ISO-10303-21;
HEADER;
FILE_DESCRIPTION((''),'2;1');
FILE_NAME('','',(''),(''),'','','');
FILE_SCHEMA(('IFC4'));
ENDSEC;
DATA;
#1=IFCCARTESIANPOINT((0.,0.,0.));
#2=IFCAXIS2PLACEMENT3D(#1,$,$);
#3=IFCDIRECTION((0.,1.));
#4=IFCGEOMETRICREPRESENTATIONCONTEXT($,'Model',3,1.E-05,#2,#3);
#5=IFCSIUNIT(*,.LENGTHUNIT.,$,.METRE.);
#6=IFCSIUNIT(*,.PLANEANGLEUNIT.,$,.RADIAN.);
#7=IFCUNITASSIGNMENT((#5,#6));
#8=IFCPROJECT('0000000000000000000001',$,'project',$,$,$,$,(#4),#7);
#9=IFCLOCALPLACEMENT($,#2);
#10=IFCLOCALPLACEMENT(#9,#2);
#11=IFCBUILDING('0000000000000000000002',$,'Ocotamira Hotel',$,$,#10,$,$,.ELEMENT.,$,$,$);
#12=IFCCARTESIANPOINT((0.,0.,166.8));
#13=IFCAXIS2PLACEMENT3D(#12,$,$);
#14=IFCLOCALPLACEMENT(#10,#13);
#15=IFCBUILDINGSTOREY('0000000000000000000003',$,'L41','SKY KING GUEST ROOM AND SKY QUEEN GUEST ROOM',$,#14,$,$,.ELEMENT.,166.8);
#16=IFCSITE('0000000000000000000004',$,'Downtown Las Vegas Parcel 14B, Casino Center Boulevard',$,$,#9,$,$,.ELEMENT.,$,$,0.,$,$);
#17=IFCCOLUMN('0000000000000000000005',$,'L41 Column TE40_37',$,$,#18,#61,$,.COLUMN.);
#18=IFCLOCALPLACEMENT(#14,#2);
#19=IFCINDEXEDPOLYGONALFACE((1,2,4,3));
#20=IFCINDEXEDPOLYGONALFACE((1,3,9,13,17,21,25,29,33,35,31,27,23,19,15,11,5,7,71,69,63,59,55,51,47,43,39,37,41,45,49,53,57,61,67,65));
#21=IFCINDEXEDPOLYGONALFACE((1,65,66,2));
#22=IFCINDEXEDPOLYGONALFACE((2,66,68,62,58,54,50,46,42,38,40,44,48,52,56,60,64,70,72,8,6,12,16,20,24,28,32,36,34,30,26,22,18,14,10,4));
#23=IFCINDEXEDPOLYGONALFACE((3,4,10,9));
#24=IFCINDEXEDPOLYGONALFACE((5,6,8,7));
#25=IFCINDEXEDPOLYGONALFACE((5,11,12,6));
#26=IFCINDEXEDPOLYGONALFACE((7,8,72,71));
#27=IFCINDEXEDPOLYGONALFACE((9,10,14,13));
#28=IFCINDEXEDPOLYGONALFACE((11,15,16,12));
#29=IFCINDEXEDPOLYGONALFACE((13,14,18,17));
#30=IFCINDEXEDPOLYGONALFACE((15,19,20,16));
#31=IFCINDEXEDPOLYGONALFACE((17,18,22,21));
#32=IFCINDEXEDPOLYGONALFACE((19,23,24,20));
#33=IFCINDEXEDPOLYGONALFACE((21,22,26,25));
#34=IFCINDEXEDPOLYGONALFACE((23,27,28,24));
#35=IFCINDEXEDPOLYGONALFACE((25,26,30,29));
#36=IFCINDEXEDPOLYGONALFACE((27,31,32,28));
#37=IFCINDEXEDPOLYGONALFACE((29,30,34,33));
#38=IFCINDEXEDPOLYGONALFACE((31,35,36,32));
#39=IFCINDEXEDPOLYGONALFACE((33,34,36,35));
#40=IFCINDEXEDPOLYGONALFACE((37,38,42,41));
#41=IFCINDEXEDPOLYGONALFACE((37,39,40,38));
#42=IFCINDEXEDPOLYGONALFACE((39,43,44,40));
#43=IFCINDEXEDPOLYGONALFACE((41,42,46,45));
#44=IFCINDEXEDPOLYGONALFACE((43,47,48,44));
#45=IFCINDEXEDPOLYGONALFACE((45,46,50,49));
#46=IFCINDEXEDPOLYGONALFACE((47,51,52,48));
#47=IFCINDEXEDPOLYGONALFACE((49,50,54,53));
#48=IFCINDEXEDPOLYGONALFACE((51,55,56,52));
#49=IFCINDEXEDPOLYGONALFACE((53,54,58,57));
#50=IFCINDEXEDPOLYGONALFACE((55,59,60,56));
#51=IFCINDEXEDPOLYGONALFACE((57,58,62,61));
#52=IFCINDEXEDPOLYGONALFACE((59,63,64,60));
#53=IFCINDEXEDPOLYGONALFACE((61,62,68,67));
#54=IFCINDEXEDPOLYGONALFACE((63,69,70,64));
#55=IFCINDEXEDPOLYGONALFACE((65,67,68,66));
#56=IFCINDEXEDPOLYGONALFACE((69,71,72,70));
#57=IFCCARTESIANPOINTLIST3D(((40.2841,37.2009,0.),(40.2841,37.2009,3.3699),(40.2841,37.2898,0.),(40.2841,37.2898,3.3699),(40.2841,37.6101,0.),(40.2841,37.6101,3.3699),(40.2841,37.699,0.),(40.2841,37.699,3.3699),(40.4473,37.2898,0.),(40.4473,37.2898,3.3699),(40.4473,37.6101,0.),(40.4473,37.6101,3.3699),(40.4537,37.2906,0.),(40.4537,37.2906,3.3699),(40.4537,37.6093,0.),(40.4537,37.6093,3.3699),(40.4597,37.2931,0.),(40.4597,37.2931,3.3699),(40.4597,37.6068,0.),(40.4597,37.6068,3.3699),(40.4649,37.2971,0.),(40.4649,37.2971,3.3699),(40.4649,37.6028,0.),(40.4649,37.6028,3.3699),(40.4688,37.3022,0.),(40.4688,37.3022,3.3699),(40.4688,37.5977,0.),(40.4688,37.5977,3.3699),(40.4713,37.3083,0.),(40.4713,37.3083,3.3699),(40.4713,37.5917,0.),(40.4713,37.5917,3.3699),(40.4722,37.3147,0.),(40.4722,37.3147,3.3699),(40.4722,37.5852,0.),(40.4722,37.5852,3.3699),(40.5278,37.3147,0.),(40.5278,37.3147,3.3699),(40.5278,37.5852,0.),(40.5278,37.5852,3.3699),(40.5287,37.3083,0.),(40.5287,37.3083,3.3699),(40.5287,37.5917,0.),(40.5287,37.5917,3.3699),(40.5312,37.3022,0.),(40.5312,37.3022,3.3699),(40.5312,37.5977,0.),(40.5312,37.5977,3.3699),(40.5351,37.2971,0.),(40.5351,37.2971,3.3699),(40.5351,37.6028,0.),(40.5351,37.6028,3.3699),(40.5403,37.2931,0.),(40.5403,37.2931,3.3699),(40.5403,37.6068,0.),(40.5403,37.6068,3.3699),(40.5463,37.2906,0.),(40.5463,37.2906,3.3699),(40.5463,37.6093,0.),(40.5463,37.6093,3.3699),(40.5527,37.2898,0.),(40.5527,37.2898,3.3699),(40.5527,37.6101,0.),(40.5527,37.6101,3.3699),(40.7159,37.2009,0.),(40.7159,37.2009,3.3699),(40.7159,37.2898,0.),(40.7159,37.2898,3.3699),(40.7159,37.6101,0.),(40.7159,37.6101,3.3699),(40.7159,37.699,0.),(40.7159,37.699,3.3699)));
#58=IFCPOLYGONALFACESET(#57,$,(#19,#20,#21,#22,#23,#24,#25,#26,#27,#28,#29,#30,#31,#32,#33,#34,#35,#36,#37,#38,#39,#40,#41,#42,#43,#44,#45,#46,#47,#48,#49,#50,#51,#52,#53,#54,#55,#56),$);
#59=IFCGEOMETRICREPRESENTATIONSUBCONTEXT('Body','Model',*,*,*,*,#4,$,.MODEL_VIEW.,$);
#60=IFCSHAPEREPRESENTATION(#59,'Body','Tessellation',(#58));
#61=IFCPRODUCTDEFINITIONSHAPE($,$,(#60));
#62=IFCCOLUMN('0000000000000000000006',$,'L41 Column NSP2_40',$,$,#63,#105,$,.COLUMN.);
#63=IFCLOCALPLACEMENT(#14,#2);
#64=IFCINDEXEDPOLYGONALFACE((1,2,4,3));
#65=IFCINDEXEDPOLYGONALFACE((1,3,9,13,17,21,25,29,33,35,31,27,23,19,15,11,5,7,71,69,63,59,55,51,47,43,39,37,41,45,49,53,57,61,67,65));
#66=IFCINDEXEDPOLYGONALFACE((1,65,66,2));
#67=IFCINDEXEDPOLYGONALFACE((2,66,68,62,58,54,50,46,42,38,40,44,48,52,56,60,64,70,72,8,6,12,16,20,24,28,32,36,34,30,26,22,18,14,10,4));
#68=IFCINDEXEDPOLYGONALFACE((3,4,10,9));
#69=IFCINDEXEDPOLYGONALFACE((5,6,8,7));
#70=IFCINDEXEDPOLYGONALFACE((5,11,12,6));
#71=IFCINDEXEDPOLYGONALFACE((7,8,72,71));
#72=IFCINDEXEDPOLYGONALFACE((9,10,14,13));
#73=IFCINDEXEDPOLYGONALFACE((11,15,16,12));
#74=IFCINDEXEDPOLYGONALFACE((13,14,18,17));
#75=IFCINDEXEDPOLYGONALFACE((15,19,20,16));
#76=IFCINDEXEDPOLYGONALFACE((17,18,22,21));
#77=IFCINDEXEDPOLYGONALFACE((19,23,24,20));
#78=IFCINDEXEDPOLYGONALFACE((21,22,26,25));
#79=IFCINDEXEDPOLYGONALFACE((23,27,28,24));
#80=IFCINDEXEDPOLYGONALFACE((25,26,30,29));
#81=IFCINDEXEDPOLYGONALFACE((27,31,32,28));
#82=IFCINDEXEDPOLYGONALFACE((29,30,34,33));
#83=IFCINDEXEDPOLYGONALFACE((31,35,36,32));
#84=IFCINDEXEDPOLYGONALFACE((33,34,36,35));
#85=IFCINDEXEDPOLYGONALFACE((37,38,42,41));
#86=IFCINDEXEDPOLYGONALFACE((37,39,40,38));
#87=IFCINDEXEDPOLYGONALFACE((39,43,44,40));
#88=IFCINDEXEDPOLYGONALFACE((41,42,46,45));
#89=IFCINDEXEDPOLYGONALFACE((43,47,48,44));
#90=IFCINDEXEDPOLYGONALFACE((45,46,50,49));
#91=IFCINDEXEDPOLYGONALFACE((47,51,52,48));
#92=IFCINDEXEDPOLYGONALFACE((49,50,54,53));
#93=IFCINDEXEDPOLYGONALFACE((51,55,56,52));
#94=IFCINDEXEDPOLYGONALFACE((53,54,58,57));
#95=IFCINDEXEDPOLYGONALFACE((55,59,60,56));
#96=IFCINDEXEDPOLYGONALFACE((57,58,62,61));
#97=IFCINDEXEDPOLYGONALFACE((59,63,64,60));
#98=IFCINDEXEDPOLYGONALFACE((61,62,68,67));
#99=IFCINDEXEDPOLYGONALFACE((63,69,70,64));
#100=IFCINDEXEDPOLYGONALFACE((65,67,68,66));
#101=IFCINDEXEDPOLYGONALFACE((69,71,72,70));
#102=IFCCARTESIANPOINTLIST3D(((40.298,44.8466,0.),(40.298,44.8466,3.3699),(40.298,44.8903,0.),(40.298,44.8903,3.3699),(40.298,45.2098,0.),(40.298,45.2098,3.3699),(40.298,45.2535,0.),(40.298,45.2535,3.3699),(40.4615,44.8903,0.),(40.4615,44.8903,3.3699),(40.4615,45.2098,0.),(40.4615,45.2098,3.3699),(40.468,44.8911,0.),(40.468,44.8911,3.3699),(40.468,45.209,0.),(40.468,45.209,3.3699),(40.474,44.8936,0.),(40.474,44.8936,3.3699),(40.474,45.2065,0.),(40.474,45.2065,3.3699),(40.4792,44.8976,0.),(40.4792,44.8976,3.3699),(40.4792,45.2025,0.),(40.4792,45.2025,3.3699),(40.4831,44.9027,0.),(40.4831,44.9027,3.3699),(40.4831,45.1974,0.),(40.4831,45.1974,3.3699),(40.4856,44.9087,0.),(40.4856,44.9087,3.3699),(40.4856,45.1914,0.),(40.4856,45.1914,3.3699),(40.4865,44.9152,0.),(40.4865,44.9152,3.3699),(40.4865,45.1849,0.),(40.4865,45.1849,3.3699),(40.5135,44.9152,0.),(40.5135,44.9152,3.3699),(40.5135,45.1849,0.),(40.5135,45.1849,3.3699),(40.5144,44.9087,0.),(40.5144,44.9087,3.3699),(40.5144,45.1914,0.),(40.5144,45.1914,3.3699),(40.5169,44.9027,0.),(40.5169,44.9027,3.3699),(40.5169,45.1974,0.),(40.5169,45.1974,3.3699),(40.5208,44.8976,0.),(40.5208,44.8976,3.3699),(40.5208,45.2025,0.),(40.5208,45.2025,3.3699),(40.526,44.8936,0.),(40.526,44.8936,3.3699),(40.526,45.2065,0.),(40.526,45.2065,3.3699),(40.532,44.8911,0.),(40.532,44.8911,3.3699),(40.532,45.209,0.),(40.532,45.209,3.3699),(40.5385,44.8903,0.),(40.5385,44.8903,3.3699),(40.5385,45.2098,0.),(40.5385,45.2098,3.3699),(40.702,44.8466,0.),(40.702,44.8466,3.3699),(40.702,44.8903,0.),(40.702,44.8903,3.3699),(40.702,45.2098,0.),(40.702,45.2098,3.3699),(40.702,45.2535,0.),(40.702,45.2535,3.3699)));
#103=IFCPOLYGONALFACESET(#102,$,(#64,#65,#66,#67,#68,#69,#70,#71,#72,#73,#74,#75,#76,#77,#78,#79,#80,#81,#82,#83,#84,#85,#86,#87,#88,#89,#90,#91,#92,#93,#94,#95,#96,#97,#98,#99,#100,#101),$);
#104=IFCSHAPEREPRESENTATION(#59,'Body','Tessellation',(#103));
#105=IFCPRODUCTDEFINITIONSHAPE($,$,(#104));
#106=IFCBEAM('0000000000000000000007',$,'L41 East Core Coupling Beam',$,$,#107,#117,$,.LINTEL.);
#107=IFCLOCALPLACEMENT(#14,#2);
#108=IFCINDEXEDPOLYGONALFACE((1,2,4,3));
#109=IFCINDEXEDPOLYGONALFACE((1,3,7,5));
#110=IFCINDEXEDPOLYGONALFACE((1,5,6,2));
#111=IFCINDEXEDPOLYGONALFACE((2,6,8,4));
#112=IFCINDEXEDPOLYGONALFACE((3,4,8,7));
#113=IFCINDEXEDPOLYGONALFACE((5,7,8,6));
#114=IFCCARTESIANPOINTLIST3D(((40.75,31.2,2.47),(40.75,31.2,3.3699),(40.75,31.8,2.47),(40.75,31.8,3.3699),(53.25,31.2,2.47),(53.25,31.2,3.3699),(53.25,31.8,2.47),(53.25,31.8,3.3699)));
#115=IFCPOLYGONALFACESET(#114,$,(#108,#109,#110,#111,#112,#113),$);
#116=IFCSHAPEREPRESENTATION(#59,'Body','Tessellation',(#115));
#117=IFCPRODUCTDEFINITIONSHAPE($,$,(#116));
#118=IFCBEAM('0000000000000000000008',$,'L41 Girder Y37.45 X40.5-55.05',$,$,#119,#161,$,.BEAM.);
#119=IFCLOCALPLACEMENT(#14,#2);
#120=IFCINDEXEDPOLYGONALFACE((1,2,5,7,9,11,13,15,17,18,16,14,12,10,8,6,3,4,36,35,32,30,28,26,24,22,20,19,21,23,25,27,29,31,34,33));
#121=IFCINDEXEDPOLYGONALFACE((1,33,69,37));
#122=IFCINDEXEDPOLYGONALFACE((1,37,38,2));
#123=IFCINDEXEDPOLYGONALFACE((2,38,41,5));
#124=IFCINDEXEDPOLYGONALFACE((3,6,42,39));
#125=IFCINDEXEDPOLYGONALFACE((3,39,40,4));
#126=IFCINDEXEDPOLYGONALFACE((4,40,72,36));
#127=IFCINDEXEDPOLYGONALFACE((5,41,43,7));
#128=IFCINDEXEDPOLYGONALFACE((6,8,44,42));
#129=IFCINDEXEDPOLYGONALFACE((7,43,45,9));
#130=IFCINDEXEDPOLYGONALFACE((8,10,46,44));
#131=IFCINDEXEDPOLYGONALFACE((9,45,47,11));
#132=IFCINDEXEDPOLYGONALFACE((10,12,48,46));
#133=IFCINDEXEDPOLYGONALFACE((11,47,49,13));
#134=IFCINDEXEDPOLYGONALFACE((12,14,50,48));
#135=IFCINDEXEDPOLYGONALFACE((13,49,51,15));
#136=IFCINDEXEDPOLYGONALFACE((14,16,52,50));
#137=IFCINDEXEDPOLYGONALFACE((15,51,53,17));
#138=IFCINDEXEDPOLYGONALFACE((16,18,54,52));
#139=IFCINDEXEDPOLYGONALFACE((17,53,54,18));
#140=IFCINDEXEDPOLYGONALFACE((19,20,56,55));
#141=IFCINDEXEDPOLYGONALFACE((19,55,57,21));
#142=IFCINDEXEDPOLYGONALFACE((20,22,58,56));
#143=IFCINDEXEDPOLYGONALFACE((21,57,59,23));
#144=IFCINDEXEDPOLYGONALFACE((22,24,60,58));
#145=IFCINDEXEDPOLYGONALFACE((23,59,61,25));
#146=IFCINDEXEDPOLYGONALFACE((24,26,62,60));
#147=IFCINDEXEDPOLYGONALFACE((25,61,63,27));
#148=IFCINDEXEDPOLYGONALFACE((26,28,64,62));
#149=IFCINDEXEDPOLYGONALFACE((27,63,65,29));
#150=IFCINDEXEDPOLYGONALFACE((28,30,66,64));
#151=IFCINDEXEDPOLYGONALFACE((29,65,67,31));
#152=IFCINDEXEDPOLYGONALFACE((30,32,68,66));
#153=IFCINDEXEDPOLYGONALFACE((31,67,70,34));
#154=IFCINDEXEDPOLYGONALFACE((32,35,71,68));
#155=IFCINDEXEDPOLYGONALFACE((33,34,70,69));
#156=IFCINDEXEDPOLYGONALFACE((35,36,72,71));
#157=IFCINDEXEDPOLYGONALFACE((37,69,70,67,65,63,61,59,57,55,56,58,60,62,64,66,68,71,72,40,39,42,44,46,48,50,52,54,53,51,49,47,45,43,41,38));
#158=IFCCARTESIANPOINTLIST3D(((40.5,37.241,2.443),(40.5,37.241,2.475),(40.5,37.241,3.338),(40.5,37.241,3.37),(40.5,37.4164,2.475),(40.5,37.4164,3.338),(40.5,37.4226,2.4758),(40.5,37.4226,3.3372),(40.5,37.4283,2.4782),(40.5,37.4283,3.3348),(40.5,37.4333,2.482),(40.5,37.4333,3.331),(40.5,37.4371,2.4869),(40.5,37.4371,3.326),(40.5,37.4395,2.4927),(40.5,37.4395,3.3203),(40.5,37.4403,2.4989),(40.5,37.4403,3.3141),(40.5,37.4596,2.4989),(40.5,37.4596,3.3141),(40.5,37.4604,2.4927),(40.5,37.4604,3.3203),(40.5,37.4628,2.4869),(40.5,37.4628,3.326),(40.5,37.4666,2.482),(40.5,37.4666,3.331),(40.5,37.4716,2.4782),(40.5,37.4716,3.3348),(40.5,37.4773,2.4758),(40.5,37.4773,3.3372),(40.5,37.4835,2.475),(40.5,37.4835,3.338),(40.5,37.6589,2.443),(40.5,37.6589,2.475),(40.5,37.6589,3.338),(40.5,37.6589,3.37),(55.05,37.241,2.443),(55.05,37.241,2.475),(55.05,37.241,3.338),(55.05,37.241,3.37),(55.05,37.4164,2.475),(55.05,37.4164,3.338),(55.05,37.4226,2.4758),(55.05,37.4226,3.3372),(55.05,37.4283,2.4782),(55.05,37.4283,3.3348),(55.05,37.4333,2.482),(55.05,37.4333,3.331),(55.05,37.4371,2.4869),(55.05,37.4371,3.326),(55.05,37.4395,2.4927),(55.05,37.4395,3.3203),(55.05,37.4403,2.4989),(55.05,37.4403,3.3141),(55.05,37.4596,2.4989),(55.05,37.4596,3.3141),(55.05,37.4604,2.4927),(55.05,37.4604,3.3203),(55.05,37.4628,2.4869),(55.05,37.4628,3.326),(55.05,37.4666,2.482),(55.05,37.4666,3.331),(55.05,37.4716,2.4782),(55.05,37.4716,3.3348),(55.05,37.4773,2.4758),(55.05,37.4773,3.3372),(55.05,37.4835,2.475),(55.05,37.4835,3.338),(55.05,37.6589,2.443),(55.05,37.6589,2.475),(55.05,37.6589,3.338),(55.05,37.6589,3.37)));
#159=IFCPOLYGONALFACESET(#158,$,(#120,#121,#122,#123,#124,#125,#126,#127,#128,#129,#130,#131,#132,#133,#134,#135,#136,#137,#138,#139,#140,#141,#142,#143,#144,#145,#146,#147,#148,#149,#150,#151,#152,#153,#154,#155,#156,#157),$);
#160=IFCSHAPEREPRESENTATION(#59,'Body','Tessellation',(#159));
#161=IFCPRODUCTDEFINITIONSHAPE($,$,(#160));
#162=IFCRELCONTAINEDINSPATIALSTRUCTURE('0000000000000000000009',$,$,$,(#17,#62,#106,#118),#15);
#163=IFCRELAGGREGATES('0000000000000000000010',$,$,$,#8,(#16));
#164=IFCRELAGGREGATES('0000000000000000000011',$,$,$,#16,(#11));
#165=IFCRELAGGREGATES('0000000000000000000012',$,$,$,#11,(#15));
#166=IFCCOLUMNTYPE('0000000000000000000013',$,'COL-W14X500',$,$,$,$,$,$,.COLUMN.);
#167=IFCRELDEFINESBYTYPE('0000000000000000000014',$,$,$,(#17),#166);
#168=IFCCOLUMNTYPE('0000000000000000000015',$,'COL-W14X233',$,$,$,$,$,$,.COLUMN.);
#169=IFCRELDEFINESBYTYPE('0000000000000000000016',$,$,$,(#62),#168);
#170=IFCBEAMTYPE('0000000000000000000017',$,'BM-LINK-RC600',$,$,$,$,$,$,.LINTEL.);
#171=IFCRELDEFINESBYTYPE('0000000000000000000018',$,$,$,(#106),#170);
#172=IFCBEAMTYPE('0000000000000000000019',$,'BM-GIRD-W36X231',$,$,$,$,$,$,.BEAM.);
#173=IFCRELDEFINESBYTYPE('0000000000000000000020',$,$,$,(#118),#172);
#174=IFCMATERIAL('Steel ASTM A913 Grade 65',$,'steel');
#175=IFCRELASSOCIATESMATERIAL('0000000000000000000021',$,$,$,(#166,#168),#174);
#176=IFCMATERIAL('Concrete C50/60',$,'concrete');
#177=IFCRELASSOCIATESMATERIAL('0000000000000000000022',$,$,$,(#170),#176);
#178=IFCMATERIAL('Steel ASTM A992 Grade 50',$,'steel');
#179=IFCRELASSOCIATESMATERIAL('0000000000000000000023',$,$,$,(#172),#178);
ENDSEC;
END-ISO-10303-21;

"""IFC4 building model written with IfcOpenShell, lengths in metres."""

from ifc_helpers import new_model, si_unit, direction, frame, origin, origin_2d, place, context, subcontext, project, spatial, rectangle, i_section, extrude, source, transform, mapped, material, material_profile, profile_set, type_object, element, save


model = new_model("IFC4")

# Units and contexts
model_context = context("Model", 3, precision=1e-05, world=origin(), true_north=direction((0.0, 1.0)))
body_context = subcontext(model_context, "Body", "Model", "MODEL_VIEW")
ifc_project = project(units=[si_unit("LENGTHUNIT", "METRE"), si_unit("PLANEANGLEUNIT", "RADIAN")], contexts=[model_context])

# Site, building, storey
site_placement = place(None, origin())
site = spatial("IfcSite", under=ifc_project, at=site_placement, Name="Downtown Las Vegas Parcel 14B, Casino Center Boulevard", CompositionType="ELEMENT", RefElevation=0.0)
building_placement = place(site_placement, origin())
building = spatial("IfcBuilding", under=site, at=building_placement, Name="Ocotamira Hotel", CompositionType="ELEMENT")
storey_placement = place(building_placement, frame((0.0, 0.0, 166.8)))
storey = spatial("IfcBuildingStorey", under=building, at=storey_placement, Name="L41", Description="SKY KING GUEST ROOM AND SKY QUEEN GUEST ROOM", CompositionType="ELEMENT", Elevation=166.8)

# Columns
ifc_material_1 = material(Name="Steel ASTM A913 Grade 65", Category="steel")
ifc_material_profile_1 = material_profile(ifc_material_1, i_section(OverallWidth=0.4319, OverallDepth=0.498, WebThickness=0.0557, FlangeThickness=0.0889, FilletRadius=0.0249, at=origin_2d()), Name="W14X500")
ifc_profile_set_1 = profile_set([ifc_material_profile_1], Name="Steel ASTM A913 Grade 65")
column_type_1 = type_object("IfcColumnType", Name="COL-W14X500", PredefinedType="COLUMN", material=ifc_profile_set_1)
shared_shape_1 = source(origin(), body_context, "Body", "SweptSolid", [
    extrude(i_section(OverallWidth=0.4319, OverallDepth=0.498, WebThickness=0.0557, FlangeThickness=0.0889, FilletRadius=0.0249, at=origin_2d()), origin(), (0.0, 0.0, 1.0), 3.3699),
])
column_1_placement = place(storey_placement, frame((40.5, 37.45, 0.0), z_axis=(0.0, 0.0, 1.0), x_axis=(1.0, 0.0, 0.0)))
element("IfcColumn", 1, at=column_1_placement, inside=storey, type_object=column_type_1, Name="L41 Column TE40_37", PredefinedType="COLUMN", context=body_context, shape_type="MappedRepresentation", body=[
    mapped(shared_shape_1, transform((0.0, 0.0, 0.0), scale=1.0)),
])
ifc_material_profile_2 = material_profile(ifc_material_1, i_section(OverallWidth=0.4041, OverallDepth=0.407, WebThickness=0.0271, FlangeThickness=0.0437, FilletRadius=0.0249, at=origin_2d()), Name="W14X233")
ifc_profile_set_2 = profile_set([ifc_material_profile_2], Name="Steel ASTM A913 Grade 65")
column_type_2 = type_object("IfcColumnType", Name="COL-W14X233", PredefinedType="COLUMN", material=ifc_profile_set_2)
shared_shape_2 = source(origin(), body_context, "Body", "SweptSolid", [
    extrude(i_section(OverallWidth=0.4041, OverallDepth=0.407, WebThickness=0.0271, FlangeThickness=0.0437, FilletRadius=0.0249, at=origin_2d()), origin(), (0.0, 0.0, 1.0), 3.3699),
])
column_2_placement = place(storey_placement, frame((40.5, 45.05, 0.0), z_axis=(0.0, 0.0, 1.0), x_axis=(1.0, 0.0, 0.0)))
element("IfcColumn", 2, at=column_2_placement, inside=storey, type_object=column_type_2, Name="L41 Column NSP2_40", PredefinedType="COLUMN", context=body_context, shape_type="MappedRepresentation", body=[
    mapped(shared_shape_2, transform((0.0, 0.0, 0.0), scale=1.0)),
])

# Beams
ifc_material_2 = material(Name="Concrete C50/60", Category="concrete")
ifc_material_profile_3 = material_profile(ifc_material_2, rectangle(XDim=0.6001, YDim=0.8999, at=origin_2d()), Name="RC600X900")
ifc_profile_set_3 = profile_set([ifc_material_profile_3], Name="Concrete C50/60")
beam_type_1 = type_object("IfcBeamType", Name="BM-LINK-RC600", PredefinedType="LINTEL", material=ifc_profile_set_3)
shared_shape_3 = source(origin(), body_context, "Body", "SweptSolid", [
    extrude(rectangle(XDim=0.6001, YDim=0.8999, at=origin_2d()), origin(), (0.0, 0.0, 1.0), 12.5),
])
beam_1_placement = place(storey_placement, frame((40.75, 31.5, 2.9199), z_axis=(1.0, 0.0, 0.0), x_axis=(0.0, 1.0, 0.0)))
element("IfcBeam", 3, at=beam_1_placement, inside=storey, type_object=beam_type_1, Name="L41 East Core Coupling Beam", PredefinedType="LINTEL", context=body_context, shape_type="MappedRepresentation", body=[
    mapped(shared_shape_3, transform((0.0, 0.0, 0.0), scale=1.0)),
])
ifc_material_3 = material(Name="Steel ASTM A992 Grade 50", Category="steel")
ifc_material_profile_4 = material_profile(ifc_material_3, i_section(OverallWidth=0.418, OverallDepth=0.927, WebThickness=0.0193, FlangeThickness=0.032, FilletRadius=0.0239, at=origin_2d()), Name="W36X231")
ifc_profile_set_4 = profile_set([ifc_material_profile_4], Name="Steel ASTM A992 Grade 50")
beam_type_2 = type_object("IfcBeamType", Name="BM-GIRD-W36X231", PredefinedType="BEAM", material=ifc_profile_set_4)
shared_shape_4 = source(origin(), body_context, "Body", "SweptSolid", [
    extrude(i_section(OverallWidth=0.418, OverallDepth=0.927, WebThickness=0.0193, FlangeThickness=0.032, FilletRadius=0.0239, at=origin_2d()), origin(), (0.0, 0.0, 1.0), 14.55),
])
beam_2_placement = place(storey_placement, frame((40.5, 37.45, 2.9065), z_axis=(1.0, 0.0, 0.0), x_axis=(0.0, 1.0, 0.0)))
element("IfcBeam", 4, at=beam_2_placement, inside=storey, type_object=beam_type_2, Name="L41 Girder Y37.45 X40.5-55.05", PredefinedType="BEAM", context=body_context, shape_type="MappedRepresentation", body=[
    mapped(shared_shape_4, transform((0.0, 0.0, 0.0), scale=1.0)),
])

save(model, "model.ifc")
